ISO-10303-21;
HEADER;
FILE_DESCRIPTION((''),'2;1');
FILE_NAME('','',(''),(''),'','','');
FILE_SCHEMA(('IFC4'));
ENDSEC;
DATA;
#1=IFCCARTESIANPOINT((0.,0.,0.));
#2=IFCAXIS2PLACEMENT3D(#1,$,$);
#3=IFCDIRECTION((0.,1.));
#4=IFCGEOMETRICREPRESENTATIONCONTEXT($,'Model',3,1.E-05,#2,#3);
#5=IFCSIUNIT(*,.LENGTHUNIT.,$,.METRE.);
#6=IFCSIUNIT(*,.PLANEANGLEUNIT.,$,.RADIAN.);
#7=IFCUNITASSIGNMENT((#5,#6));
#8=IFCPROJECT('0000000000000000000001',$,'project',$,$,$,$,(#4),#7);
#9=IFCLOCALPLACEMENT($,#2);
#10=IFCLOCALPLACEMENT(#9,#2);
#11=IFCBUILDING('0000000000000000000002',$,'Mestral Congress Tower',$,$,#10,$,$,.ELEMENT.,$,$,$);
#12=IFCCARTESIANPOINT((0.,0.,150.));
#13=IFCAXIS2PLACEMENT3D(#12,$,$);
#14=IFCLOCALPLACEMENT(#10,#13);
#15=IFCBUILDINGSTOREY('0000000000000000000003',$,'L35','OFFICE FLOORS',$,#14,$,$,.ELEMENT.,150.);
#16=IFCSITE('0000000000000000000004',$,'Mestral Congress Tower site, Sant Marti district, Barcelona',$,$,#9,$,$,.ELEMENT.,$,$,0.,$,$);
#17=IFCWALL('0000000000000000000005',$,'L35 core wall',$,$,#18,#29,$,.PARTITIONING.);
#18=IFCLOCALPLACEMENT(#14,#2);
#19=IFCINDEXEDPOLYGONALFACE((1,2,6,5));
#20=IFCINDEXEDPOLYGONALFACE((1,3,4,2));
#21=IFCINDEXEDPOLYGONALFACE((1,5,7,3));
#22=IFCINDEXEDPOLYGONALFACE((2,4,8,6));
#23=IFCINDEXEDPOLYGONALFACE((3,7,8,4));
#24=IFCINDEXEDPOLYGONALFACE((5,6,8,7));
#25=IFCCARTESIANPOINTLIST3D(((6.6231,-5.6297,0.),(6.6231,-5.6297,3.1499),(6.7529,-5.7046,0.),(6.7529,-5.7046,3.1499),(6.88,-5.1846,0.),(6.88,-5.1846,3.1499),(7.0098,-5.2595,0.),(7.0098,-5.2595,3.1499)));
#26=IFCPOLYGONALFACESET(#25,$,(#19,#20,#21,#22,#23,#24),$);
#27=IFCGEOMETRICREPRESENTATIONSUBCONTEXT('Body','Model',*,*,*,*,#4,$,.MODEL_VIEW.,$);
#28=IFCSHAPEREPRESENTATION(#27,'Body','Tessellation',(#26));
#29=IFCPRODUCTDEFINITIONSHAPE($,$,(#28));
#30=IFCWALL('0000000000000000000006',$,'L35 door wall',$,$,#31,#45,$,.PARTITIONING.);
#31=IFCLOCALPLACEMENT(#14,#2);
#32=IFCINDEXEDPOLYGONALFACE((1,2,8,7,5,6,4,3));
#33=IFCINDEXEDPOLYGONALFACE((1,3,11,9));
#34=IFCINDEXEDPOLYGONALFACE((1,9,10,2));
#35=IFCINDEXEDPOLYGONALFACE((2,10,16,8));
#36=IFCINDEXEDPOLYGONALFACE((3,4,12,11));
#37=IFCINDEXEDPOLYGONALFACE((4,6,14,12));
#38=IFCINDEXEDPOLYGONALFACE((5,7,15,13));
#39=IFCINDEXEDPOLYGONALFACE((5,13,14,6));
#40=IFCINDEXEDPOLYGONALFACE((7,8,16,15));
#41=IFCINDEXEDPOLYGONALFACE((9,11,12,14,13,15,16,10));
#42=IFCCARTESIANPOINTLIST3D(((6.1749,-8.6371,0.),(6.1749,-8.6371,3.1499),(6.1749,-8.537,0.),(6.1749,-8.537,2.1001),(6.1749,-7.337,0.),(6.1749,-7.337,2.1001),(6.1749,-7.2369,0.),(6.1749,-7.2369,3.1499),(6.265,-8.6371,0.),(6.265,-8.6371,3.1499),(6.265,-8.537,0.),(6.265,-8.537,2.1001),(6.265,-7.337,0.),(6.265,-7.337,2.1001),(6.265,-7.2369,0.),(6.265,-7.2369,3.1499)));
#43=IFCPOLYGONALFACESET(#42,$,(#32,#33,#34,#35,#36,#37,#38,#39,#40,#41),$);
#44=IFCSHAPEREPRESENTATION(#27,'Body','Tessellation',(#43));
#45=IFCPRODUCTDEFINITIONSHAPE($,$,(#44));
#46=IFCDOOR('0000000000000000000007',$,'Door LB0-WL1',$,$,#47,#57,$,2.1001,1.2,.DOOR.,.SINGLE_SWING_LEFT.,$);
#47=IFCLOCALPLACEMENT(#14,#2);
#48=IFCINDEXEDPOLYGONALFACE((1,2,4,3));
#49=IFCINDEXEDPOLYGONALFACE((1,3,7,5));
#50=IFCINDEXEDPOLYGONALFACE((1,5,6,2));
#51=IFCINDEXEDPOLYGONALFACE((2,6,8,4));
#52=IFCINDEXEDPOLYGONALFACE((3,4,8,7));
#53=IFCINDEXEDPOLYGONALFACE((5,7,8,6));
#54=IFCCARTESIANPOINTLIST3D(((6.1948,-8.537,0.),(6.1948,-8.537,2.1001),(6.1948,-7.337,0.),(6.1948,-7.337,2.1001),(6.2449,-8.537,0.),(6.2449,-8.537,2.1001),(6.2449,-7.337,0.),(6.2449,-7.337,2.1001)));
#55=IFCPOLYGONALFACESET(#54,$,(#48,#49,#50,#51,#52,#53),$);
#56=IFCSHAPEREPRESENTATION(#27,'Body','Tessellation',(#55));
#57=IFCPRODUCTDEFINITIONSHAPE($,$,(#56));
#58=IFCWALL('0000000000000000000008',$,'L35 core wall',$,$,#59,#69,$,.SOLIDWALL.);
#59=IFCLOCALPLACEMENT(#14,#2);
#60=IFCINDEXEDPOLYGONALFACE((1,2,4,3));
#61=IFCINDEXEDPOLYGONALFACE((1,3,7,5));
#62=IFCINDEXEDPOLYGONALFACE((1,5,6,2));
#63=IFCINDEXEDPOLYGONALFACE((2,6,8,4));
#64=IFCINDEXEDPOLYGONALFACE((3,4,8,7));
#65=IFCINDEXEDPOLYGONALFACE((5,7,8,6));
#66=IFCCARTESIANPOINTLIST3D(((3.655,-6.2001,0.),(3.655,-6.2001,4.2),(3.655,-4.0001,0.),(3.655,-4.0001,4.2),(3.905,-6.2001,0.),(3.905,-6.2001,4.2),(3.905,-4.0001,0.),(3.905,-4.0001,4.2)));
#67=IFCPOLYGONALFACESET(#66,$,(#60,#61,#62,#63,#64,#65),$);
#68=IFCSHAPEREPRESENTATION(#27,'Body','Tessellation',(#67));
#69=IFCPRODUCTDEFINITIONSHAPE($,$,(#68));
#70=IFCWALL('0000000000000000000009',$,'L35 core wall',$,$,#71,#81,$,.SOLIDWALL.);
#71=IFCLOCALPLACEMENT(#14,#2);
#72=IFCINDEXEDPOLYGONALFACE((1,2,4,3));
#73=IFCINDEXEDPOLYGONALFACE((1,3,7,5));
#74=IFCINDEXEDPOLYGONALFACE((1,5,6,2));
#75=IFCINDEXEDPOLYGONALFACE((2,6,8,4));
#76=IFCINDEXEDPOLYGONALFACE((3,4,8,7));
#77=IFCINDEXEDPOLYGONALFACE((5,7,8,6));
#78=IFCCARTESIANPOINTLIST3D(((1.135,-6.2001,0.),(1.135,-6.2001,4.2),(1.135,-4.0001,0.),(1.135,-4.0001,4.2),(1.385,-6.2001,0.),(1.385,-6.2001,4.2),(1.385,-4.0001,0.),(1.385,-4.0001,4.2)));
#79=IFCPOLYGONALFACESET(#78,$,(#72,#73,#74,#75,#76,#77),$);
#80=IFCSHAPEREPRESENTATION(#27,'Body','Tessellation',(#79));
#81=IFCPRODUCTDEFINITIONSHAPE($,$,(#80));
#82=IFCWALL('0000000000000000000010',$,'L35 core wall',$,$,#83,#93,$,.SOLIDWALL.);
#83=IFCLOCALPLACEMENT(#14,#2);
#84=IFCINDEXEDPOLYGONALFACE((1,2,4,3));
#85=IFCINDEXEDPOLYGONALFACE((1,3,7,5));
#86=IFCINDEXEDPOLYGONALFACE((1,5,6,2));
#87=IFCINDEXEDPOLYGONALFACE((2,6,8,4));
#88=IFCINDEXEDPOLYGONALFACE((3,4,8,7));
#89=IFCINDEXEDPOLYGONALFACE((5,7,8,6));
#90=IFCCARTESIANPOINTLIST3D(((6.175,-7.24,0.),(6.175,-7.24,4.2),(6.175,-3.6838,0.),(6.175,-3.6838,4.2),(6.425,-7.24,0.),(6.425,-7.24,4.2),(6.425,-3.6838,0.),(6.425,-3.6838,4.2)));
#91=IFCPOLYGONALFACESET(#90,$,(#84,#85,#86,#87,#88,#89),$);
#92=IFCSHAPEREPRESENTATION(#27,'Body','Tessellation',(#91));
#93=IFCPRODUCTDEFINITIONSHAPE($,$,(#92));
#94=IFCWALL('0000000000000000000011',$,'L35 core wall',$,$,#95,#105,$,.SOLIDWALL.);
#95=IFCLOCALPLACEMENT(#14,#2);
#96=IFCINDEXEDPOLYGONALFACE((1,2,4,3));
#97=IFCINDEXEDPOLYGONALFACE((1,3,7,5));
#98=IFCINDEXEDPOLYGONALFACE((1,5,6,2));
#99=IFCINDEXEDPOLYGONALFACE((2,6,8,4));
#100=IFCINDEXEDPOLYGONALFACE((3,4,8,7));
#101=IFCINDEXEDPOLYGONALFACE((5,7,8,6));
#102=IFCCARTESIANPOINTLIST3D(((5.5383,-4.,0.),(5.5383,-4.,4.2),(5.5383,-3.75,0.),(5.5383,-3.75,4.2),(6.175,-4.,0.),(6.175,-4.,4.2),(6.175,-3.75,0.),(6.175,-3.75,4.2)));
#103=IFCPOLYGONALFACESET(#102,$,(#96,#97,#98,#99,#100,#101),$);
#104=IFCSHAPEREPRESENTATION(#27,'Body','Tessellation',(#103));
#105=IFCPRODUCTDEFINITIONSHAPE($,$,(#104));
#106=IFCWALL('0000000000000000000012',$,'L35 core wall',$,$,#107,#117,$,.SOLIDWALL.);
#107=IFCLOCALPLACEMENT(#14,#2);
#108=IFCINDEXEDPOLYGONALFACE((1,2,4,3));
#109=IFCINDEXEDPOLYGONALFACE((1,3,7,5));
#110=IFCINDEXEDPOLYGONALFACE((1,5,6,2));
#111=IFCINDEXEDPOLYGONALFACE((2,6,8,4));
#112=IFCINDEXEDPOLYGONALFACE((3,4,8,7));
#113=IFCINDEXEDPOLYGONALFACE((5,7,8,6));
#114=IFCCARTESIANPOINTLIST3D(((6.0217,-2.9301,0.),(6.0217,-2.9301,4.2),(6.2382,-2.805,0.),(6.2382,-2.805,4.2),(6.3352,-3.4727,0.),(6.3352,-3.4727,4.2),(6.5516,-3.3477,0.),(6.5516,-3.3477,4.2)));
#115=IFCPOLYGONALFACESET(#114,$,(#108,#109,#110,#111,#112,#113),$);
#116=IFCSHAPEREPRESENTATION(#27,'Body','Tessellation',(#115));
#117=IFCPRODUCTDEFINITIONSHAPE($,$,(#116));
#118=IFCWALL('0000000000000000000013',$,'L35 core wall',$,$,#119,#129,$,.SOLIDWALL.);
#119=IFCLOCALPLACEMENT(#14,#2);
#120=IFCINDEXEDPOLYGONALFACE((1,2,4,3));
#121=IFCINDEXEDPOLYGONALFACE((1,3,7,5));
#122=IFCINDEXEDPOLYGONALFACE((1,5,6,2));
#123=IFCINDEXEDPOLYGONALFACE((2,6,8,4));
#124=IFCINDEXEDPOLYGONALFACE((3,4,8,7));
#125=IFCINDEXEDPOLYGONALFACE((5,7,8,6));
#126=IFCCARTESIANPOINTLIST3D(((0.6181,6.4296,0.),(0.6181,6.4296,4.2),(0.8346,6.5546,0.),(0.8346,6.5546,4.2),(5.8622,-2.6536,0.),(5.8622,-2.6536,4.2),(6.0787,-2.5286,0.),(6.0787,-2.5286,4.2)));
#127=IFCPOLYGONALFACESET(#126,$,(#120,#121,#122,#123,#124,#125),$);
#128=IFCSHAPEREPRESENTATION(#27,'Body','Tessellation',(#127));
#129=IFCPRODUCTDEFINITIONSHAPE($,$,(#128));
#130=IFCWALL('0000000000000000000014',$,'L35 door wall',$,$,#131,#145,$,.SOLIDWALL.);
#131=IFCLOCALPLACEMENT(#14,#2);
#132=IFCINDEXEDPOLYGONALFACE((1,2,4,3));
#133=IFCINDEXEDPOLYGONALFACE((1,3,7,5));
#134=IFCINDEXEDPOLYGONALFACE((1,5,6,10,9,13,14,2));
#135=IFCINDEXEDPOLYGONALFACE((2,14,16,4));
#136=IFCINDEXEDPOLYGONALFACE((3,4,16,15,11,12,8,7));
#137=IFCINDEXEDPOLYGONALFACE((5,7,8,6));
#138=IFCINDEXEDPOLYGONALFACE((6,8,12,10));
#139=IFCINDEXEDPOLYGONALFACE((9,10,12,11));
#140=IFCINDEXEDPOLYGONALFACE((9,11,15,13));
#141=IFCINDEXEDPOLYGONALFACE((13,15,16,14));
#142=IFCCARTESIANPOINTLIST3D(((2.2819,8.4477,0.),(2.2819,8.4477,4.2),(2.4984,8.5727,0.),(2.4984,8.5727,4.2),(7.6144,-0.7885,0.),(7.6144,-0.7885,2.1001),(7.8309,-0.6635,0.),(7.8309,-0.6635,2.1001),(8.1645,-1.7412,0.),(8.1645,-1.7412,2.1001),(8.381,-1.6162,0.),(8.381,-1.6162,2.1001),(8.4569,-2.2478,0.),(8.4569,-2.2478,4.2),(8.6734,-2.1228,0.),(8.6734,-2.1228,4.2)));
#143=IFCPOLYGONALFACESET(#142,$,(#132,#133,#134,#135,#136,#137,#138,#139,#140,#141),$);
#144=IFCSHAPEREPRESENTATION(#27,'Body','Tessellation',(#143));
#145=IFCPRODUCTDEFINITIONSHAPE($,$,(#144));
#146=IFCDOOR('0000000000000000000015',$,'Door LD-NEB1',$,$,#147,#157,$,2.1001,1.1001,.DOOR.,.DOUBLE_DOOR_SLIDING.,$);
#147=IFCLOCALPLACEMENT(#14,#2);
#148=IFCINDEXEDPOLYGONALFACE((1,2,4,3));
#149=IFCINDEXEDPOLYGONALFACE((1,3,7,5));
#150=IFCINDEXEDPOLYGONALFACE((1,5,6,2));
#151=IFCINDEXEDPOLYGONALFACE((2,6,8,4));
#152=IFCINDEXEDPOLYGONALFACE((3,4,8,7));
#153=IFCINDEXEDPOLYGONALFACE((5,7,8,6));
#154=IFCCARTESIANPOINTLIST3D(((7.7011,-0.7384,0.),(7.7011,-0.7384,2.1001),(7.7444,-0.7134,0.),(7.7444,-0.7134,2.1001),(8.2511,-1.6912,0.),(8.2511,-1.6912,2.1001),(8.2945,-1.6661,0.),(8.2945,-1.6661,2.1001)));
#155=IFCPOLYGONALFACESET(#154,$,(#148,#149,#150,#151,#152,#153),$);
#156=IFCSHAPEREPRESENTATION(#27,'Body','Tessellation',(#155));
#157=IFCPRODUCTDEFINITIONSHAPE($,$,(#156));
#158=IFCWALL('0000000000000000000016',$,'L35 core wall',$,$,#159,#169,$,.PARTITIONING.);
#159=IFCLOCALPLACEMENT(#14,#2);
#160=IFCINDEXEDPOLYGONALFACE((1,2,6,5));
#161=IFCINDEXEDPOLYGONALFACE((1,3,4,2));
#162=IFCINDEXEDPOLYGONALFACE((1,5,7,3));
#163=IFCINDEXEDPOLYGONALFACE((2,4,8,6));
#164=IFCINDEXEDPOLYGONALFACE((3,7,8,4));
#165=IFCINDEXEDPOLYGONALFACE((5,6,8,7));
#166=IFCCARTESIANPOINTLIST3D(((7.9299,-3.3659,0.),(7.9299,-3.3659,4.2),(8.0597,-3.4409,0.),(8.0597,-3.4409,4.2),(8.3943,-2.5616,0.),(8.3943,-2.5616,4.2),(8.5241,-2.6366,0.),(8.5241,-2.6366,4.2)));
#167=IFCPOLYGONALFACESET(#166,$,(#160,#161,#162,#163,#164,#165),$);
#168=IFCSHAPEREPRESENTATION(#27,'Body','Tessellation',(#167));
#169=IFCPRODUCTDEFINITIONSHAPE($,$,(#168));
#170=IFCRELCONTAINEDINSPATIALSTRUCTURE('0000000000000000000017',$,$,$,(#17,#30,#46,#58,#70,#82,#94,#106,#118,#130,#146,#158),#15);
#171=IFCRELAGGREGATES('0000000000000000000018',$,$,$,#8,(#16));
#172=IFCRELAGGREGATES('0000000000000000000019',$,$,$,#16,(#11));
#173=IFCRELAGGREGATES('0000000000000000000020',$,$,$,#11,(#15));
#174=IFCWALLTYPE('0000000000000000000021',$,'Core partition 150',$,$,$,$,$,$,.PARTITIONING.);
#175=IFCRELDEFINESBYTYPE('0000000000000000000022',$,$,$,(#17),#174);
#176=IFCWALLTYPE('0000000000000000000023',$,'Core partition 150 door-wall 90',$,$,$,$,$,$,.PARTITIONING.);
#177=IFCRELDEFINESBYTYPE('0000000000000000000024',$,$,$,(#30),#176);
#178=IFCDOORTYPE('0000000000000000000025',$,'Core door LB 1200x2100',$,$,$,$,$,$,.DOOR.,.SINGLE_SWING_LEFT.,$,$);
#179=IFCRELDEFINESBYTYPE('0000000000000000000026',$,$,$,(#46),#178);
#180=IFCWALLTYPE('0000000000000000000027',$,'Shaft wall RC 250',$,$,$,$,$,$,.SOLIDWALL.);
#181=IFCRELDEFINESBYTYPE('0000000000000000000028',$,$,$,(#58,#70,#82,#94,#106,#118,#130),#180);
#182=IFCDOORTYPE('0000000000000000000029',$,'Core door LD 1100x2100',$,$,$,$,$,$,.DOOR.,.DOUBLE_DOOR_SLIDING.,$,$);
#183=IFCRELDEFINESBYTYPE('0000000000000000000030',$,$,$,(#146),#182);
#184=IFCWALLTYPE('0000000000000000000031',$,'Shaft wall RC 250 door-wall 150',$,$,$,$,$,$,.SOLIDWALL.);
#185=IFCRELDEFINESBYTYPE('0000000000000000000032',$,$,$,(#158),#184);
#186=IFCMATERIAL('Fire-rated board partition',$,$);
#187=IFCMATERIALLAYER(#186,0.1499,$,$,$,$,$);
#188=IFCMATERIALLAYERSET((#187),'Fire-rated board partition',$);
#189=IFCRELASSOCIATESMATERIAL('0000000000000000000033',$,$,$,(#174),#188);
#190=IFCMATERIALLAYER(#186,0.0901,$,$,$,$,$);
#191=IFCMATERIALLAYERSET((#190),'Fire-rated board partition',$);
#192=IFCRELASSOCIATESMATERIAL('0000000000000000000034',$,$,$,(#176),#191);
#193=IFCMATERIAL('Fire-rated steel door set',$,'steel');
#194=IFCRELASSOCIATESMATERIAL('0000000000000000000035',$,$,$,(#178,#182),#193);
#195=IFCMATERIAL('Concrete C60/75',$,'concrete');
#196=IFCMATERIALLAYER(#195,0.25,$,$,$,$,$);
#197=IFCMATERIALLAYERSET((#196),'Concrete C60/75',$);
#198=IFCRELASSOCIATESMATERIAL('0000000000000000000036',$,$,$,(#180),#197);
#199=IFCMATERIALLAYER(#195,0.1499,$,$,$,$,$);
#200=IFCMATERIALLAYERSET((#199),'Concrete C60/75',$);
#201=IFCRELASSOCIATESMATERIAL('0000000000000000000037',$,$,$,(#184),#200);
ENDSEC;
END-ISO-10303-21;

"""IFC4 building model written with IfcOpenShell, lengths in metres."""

from ifc_helpers import new_model, si_unit, direction, frame, frame_2d, origin, place, context, subcontext, project, spatial, rectangle, extrude, material, layer, layer_set, type_object, element, fill, save


model = new_model("IFC4")

# Units and contexts
model_context = context("Model", 3, precision=1e-05, world=origin(), true_north=direction((0.0, 1.0)))
body_context = subcontext(model_context, "Body", "Model", "MODEL_VIEW")
ifc_project = project(units=[si_unit("LENGTHUNIT", "METRE"), si_unit("PLANEANGLEUNIT", "RADIAN")], contexts=[model_context])

# Site, building, storey
site_placement = place(None, origin())
site = spatial("IfcSite", under=ifc_project, at=site_placement, Name="Mestral Congress Tower site, Sant Marti district, Barcelona", CompositionType="ELEMENT", RefElevation=0.0)
building_placement = place(site_placement, origin())
building = spatial("IfcBuilding", under=site, at=building_placement, Name="Mestral Congress Tower", CompositionType="ELEMENT")
storey_placement = place(building_placement, frame((0.0, 0.0, 150.0)))
storey = spatial("IfcBuildingStorey", under=building, at=storey_placement, Name="L35", Description="OFFICE FLOORS", CompositionType="ELEMENT", Elevation=150.0)

# Wall
ifc_material_1 = material(Name="Fire-rated board partition")
ifc_layer_1 = layer(ifc_material_1, 0.1499)
ifc_layer_set_1 = layer_set([ifc_layer_1], Name="Fire-rated board partition")
wall_type_1 = type_object("IfcWallType", Name="Core partition 150", PredefinedType="PARTITIONING", material=ifc_layer_set_1)
wall_1_placement = place(storey_placement, frame((6.9448, -5.2222, 0.0), z_axis=(0.0, 0.0, 1.0), x_axis=(-0.499818, -0.86613, 0.0)))
element("IfcWall", 1, at=wall_1_placement, inside=storey, type_object=wall_type_1, Name="L35 core wall", PredefinedType="PARTITIONING", context=body_context, shape_type="SweptSolid", body=[
    extrude(rectangle(XDim=0.5139, YDim=0.1499, at=frame_2d((0.2568, 0.0))), origin(), (0.0, 0.0, 1.0), 3.1499),
])

# Wall, opening, door
ifc_layer_2 = layer(ifc_material_1, 0.0901)
ifc_layer_set_2 = layer_set([ifc_layer_2], Name="Fire-rated board partition")
wall_type_2 = type_object("IfcWallType", Name="Core partition 150 door-wall 90", PredefinedType="PARTITIONING", material=ifc_layer_set_2)
wall_2_placement = place(storey_placement, frame((6.22, -7.2368, 0.0), z_axis=(0.0, 0.0, 1.0), x_axis=(0.0, -1.0, 0.0)))
wall_2 = element("IfcWall", 2, at=wall_2_placement, inside=storey, type_object=wall_type_2, Name="L35 door wall", PredefinedType="PARTITIONING", context=body_context, shape_type="SweptSolid", body=[
    extrude(rectangle(XDim=1.4001, YDim=0.0901, at=frame_2d((0.7002, 0.0))), origin(), (0.0, 0.0, 1.0), 3.1499),
])
opening_1_placement = place(wall_2_placement, frame((0.1001, 0.0, 0.0)))
opening_1 = element("IfcOpeningElement", 3, at=opening_1_placement, cuts=wall_2, PredefinedType="OPENING", context=body_context, shape_type="SweptSolid", body=[
    extrude(rectangle(XDim=1.2, YDim=2.1001, at=frame_2d((0.6001, 1.05))), frame((0.0, 0.0549, 0.0), z_axis=(0.0, -1.0, 0.0), x_axis=(1.0, 0.0, 0.0)), (0.0, 0.0, 1.0), 0.1101),
])
ifc_material_2 = material(Name="Fire-rated steel door set", Category="steel")
door_type_1 = type_object("IfcDoorType", Name="Core door LB 1200x2100", OperationType="SINGLE_SWING_LEFT", PredefinedType="DOOR", material=ifc_material_2)
door_1_placement = place(opening_1_placement, origin())
door_1 = element("IfcDoor", 4, at=door_1_placement, inside=storey, type_object=door_type_1, Name="Door LB0-WL1", OperationType="SINGLE_SWING_LEFT", OverallHeight=2.1001, OverallWidth=1.2, PredefinedType="DOOR", context=body_context, shape_type="SweptSolid", body=[
    extrude(rectangle(XDim=1.2, YDim=2.1001, at=frame_2d((0.6001, 1.05))), frame((0.0, 0.0249, 0.0), z_axis=(0.0, -1.0, 0.0), x_axis=(1.0, 0.0, 0.0)), (0.0, 0.0, 1.0), 0.05),
])
fill(opening_1, door_1)

# Walls
ifc_material_3 = material(Name="Concrete C60/75", Category="concrete")
ifc_layer_3 = layer(ifc_material_3, 0.25)
ifc_layer_set_3 = layer_set([ifc_layer_3], Name="Concrete C60/75")
wall_type_3 = type_object("IfcWallType", Name="Shaft wall RC 250", PredefinedType="SOLIDWALL", material=ifc_layer_set_3)
for number, where, z_axis, x_axis, name in (
    (5, (3.78, -4.0, 0.0), (0.0, 0.0, 1.0), (0.0, -1.0, 0.0), "L35 core wall"),
    (6, (1.26, -4.0, 0.0), (0.0, 0.0, 1.0), (0.0, -1.0, 0.0), "L35 core wall"),
):
    element("IfcWall", number, at=place(storey_placement, frame(where, z_axis=z_axis, x_axis=x_axis)), inside=storey, type_object=wall_type_3, Name=name, PredefinedType="SOLIDWALL", context=body_context, shape_type="SweptSolid", body=[
        extrude(rectangle(XDim=2.2, YDim=0.25, at=frame_2d((1.1001, 0.0))), origin(), (0.0, 0.0, 1.0), 4.2),
    ])
wall_3_placement = place(storey_placement, frame((6.3, -7.24, 0.0), z_axis=(0.0, 0.0, 1.0), x_axis=(0.0, 1.0, 0.0)))
element("IfcWall", 7, at=wall_3_placement, inside=storey, type_object=wall_type_3, Name="L35 core wall", PredefinedType="SOLIDWALL", context=body_context, shape_type="SweptSolid", body=[
    extrude(rectangle(XDim=3.5562, YDim=0.25, at=frame_2d((1.7781, 0.0))), origin(), (0.0, 0.0, 1.0), 4.2),
])
wall_4_placement = place(storey_placement, frame((5.5383, -3.875, 0.0), z_axis=(0.0, 0.0, 1.0), x_axis=(1.0, 0.0, 0.0)))
element("IfcWall", 8, at=wall_4_placement, inside=storey, type_object=wall_type_3, Name="L35 core wall", PredefinedType="SOLIDWALL", context=body_context, shape_type="SweptSolid", body=[
    extrude(rectangle(XDim=0.6367, YDim=0.25, at=frame_2d((0.3184, 0.0))), origin(), (0.0, 0.0, 1.0), 4.2),
])
wall_5_placement = place(storey_placement, frame((6.1299, -2.8674, 0.0), z_axis=(0.0, 0.0, 1.0), x_axis=(0.500161, -0.865933, 0.0)))
element("IfcWall", 9, at=wall_5_placement, inside=storey, type_object=wall_type_3, Name="L35 core wall", PredefinedType="SOLIDWALL", context=body_context, shape_type="SweptSolid", body=[
    extrude(rectangle(XDim=0.6267, YDim=0.25, at=frame_2d((0.3135, 0.0))), origin(), (0.0, 0.0, 1.0), 4.2),
])
wall_6_placement = place(storey_placement, frame((5.9705, -2.5911, 0.0), z_axis=(0.0, 0.0, 1.0), x_axis=(-0.499994, 0.866029, 0.0)))
element("IfcWall", 10, at=wall_6_placement, inside=storey, type_object=wall_type_3, Name="L35 core wall", PredefinedType="SOLIDWALL", context=body_context, shape_type="SweptSolid", body=[
    extrude(rectangle(XDim=10.4883, YDim=0.25, at=frame_2d((5.2441, 0.0))), origin(), (0.0, 0.0, 1.0), 4.2),
])

# Wall, opening, door
wall_7_placement = place(storey_placement, frame((8.5652, -2.1853, 0.0), z_axis=(0.0, 0.0, 1.0), x_axis=(-0.499998, 0.866027, 0.0)))
wall_7 = element("IfcWall", 11, at=wall_7_placement, inside=storey, type_object=wall_type_3, Name="L35 door wall", PredefinedType="SOLIDWALL", context=body_context, shape_type="SweptSolid", body=[
    extrude(rectangle(XDim=12.3501, YDim=0.25, at=frame_2d((6.175, 0.0))), origin(), (0.0, 0.0, 1.0), 4.2),
])
opening_2_placement = place(wall_7_placement, frame((0.585, 0.0, 0.0)))
opening_2 = element("IfcOpeningElement", 12, at=opening_2_placement, cuts=wall_7, PredefinedType="OPENING", context=body_context, shape_type="SweptSolid", body=[
    extrude(rectangle(XDim=1.1001, YDim=2.1001, at=frame_2d((0.55, 1.05))), frame((0.0, 0.135, 0.0), z_axis=(0.0, -1.0, 0.0), x_axis=(1.0, 0.0, 0.0)), (0.0, 0.0, 1.0), 0.27),
])
door_type_2 = type_object("IfcDoorType", Name="Core door LD 1100x2100", OperationType="DOUBLE_DOOR_SLIDING", PredefinedType="DOOR", material=ifc_material_2)
door_2_placement = place(opening_2_placement, origin())
door_2 = element("IfcDoor", 13, at=door_2_placement, inside=storey, type_object=door_type_2, Name="Door LD-NEB1", OperationType="DOUBLE_DOOR_SLIDING", OverallHeight=2.1001, OverallWidth=1.1001, PredefinedType="DOOR", context=body_context, shape_type="SweptSolid", body=[
    extrude(rectangle(XDim=1.1001, YDim=2.1001, at=frame_2d((0.55, 1.05))), frame((0.0, 0.0249, 0.0), z_axis=(0.0, -1.0, 0.0), x_axis=(1.0, 0.0, 0.0)), (0.0, 0.0, 1.0), 0.05),
])
fill(opening_2, door_2)

# Wall
ifc_layer_4 = layer(ifc_material_3, 0.1499)
ifc_layer_set_4 = layer_set([ifc_layer_4], Name="Concrete C60/75")
wall_type_4 = type_object("IfcWallType", Name="Shaft wall RC 250 door-wall 150", PredefinedType="SOLIDWALL", material=ifc_layer_set_4)
wall_8_placement = place(storey_placement, frame((8.4592, -2.5991, 0.0), z_axis=(0.0, 0.0, 1.0), x_axis=(-0.500041, -0.866002, 0.0)))
element("IfcWall", 14, at=wall_8_placement, inside=storey, type_object=wall_type_4, Name="L35 core wall", PredefinedType="PARTITIONING", context=body_context, shape_type="SweptSolid", body=[
    extrude(rectangle(XDim=0.9287, YDim=0.1499, at=frame_2d((0.4644, 0.0))), origin(), (0.0, 0.0, 1.0), 4.2),
])

save(model, "model.ifc")
